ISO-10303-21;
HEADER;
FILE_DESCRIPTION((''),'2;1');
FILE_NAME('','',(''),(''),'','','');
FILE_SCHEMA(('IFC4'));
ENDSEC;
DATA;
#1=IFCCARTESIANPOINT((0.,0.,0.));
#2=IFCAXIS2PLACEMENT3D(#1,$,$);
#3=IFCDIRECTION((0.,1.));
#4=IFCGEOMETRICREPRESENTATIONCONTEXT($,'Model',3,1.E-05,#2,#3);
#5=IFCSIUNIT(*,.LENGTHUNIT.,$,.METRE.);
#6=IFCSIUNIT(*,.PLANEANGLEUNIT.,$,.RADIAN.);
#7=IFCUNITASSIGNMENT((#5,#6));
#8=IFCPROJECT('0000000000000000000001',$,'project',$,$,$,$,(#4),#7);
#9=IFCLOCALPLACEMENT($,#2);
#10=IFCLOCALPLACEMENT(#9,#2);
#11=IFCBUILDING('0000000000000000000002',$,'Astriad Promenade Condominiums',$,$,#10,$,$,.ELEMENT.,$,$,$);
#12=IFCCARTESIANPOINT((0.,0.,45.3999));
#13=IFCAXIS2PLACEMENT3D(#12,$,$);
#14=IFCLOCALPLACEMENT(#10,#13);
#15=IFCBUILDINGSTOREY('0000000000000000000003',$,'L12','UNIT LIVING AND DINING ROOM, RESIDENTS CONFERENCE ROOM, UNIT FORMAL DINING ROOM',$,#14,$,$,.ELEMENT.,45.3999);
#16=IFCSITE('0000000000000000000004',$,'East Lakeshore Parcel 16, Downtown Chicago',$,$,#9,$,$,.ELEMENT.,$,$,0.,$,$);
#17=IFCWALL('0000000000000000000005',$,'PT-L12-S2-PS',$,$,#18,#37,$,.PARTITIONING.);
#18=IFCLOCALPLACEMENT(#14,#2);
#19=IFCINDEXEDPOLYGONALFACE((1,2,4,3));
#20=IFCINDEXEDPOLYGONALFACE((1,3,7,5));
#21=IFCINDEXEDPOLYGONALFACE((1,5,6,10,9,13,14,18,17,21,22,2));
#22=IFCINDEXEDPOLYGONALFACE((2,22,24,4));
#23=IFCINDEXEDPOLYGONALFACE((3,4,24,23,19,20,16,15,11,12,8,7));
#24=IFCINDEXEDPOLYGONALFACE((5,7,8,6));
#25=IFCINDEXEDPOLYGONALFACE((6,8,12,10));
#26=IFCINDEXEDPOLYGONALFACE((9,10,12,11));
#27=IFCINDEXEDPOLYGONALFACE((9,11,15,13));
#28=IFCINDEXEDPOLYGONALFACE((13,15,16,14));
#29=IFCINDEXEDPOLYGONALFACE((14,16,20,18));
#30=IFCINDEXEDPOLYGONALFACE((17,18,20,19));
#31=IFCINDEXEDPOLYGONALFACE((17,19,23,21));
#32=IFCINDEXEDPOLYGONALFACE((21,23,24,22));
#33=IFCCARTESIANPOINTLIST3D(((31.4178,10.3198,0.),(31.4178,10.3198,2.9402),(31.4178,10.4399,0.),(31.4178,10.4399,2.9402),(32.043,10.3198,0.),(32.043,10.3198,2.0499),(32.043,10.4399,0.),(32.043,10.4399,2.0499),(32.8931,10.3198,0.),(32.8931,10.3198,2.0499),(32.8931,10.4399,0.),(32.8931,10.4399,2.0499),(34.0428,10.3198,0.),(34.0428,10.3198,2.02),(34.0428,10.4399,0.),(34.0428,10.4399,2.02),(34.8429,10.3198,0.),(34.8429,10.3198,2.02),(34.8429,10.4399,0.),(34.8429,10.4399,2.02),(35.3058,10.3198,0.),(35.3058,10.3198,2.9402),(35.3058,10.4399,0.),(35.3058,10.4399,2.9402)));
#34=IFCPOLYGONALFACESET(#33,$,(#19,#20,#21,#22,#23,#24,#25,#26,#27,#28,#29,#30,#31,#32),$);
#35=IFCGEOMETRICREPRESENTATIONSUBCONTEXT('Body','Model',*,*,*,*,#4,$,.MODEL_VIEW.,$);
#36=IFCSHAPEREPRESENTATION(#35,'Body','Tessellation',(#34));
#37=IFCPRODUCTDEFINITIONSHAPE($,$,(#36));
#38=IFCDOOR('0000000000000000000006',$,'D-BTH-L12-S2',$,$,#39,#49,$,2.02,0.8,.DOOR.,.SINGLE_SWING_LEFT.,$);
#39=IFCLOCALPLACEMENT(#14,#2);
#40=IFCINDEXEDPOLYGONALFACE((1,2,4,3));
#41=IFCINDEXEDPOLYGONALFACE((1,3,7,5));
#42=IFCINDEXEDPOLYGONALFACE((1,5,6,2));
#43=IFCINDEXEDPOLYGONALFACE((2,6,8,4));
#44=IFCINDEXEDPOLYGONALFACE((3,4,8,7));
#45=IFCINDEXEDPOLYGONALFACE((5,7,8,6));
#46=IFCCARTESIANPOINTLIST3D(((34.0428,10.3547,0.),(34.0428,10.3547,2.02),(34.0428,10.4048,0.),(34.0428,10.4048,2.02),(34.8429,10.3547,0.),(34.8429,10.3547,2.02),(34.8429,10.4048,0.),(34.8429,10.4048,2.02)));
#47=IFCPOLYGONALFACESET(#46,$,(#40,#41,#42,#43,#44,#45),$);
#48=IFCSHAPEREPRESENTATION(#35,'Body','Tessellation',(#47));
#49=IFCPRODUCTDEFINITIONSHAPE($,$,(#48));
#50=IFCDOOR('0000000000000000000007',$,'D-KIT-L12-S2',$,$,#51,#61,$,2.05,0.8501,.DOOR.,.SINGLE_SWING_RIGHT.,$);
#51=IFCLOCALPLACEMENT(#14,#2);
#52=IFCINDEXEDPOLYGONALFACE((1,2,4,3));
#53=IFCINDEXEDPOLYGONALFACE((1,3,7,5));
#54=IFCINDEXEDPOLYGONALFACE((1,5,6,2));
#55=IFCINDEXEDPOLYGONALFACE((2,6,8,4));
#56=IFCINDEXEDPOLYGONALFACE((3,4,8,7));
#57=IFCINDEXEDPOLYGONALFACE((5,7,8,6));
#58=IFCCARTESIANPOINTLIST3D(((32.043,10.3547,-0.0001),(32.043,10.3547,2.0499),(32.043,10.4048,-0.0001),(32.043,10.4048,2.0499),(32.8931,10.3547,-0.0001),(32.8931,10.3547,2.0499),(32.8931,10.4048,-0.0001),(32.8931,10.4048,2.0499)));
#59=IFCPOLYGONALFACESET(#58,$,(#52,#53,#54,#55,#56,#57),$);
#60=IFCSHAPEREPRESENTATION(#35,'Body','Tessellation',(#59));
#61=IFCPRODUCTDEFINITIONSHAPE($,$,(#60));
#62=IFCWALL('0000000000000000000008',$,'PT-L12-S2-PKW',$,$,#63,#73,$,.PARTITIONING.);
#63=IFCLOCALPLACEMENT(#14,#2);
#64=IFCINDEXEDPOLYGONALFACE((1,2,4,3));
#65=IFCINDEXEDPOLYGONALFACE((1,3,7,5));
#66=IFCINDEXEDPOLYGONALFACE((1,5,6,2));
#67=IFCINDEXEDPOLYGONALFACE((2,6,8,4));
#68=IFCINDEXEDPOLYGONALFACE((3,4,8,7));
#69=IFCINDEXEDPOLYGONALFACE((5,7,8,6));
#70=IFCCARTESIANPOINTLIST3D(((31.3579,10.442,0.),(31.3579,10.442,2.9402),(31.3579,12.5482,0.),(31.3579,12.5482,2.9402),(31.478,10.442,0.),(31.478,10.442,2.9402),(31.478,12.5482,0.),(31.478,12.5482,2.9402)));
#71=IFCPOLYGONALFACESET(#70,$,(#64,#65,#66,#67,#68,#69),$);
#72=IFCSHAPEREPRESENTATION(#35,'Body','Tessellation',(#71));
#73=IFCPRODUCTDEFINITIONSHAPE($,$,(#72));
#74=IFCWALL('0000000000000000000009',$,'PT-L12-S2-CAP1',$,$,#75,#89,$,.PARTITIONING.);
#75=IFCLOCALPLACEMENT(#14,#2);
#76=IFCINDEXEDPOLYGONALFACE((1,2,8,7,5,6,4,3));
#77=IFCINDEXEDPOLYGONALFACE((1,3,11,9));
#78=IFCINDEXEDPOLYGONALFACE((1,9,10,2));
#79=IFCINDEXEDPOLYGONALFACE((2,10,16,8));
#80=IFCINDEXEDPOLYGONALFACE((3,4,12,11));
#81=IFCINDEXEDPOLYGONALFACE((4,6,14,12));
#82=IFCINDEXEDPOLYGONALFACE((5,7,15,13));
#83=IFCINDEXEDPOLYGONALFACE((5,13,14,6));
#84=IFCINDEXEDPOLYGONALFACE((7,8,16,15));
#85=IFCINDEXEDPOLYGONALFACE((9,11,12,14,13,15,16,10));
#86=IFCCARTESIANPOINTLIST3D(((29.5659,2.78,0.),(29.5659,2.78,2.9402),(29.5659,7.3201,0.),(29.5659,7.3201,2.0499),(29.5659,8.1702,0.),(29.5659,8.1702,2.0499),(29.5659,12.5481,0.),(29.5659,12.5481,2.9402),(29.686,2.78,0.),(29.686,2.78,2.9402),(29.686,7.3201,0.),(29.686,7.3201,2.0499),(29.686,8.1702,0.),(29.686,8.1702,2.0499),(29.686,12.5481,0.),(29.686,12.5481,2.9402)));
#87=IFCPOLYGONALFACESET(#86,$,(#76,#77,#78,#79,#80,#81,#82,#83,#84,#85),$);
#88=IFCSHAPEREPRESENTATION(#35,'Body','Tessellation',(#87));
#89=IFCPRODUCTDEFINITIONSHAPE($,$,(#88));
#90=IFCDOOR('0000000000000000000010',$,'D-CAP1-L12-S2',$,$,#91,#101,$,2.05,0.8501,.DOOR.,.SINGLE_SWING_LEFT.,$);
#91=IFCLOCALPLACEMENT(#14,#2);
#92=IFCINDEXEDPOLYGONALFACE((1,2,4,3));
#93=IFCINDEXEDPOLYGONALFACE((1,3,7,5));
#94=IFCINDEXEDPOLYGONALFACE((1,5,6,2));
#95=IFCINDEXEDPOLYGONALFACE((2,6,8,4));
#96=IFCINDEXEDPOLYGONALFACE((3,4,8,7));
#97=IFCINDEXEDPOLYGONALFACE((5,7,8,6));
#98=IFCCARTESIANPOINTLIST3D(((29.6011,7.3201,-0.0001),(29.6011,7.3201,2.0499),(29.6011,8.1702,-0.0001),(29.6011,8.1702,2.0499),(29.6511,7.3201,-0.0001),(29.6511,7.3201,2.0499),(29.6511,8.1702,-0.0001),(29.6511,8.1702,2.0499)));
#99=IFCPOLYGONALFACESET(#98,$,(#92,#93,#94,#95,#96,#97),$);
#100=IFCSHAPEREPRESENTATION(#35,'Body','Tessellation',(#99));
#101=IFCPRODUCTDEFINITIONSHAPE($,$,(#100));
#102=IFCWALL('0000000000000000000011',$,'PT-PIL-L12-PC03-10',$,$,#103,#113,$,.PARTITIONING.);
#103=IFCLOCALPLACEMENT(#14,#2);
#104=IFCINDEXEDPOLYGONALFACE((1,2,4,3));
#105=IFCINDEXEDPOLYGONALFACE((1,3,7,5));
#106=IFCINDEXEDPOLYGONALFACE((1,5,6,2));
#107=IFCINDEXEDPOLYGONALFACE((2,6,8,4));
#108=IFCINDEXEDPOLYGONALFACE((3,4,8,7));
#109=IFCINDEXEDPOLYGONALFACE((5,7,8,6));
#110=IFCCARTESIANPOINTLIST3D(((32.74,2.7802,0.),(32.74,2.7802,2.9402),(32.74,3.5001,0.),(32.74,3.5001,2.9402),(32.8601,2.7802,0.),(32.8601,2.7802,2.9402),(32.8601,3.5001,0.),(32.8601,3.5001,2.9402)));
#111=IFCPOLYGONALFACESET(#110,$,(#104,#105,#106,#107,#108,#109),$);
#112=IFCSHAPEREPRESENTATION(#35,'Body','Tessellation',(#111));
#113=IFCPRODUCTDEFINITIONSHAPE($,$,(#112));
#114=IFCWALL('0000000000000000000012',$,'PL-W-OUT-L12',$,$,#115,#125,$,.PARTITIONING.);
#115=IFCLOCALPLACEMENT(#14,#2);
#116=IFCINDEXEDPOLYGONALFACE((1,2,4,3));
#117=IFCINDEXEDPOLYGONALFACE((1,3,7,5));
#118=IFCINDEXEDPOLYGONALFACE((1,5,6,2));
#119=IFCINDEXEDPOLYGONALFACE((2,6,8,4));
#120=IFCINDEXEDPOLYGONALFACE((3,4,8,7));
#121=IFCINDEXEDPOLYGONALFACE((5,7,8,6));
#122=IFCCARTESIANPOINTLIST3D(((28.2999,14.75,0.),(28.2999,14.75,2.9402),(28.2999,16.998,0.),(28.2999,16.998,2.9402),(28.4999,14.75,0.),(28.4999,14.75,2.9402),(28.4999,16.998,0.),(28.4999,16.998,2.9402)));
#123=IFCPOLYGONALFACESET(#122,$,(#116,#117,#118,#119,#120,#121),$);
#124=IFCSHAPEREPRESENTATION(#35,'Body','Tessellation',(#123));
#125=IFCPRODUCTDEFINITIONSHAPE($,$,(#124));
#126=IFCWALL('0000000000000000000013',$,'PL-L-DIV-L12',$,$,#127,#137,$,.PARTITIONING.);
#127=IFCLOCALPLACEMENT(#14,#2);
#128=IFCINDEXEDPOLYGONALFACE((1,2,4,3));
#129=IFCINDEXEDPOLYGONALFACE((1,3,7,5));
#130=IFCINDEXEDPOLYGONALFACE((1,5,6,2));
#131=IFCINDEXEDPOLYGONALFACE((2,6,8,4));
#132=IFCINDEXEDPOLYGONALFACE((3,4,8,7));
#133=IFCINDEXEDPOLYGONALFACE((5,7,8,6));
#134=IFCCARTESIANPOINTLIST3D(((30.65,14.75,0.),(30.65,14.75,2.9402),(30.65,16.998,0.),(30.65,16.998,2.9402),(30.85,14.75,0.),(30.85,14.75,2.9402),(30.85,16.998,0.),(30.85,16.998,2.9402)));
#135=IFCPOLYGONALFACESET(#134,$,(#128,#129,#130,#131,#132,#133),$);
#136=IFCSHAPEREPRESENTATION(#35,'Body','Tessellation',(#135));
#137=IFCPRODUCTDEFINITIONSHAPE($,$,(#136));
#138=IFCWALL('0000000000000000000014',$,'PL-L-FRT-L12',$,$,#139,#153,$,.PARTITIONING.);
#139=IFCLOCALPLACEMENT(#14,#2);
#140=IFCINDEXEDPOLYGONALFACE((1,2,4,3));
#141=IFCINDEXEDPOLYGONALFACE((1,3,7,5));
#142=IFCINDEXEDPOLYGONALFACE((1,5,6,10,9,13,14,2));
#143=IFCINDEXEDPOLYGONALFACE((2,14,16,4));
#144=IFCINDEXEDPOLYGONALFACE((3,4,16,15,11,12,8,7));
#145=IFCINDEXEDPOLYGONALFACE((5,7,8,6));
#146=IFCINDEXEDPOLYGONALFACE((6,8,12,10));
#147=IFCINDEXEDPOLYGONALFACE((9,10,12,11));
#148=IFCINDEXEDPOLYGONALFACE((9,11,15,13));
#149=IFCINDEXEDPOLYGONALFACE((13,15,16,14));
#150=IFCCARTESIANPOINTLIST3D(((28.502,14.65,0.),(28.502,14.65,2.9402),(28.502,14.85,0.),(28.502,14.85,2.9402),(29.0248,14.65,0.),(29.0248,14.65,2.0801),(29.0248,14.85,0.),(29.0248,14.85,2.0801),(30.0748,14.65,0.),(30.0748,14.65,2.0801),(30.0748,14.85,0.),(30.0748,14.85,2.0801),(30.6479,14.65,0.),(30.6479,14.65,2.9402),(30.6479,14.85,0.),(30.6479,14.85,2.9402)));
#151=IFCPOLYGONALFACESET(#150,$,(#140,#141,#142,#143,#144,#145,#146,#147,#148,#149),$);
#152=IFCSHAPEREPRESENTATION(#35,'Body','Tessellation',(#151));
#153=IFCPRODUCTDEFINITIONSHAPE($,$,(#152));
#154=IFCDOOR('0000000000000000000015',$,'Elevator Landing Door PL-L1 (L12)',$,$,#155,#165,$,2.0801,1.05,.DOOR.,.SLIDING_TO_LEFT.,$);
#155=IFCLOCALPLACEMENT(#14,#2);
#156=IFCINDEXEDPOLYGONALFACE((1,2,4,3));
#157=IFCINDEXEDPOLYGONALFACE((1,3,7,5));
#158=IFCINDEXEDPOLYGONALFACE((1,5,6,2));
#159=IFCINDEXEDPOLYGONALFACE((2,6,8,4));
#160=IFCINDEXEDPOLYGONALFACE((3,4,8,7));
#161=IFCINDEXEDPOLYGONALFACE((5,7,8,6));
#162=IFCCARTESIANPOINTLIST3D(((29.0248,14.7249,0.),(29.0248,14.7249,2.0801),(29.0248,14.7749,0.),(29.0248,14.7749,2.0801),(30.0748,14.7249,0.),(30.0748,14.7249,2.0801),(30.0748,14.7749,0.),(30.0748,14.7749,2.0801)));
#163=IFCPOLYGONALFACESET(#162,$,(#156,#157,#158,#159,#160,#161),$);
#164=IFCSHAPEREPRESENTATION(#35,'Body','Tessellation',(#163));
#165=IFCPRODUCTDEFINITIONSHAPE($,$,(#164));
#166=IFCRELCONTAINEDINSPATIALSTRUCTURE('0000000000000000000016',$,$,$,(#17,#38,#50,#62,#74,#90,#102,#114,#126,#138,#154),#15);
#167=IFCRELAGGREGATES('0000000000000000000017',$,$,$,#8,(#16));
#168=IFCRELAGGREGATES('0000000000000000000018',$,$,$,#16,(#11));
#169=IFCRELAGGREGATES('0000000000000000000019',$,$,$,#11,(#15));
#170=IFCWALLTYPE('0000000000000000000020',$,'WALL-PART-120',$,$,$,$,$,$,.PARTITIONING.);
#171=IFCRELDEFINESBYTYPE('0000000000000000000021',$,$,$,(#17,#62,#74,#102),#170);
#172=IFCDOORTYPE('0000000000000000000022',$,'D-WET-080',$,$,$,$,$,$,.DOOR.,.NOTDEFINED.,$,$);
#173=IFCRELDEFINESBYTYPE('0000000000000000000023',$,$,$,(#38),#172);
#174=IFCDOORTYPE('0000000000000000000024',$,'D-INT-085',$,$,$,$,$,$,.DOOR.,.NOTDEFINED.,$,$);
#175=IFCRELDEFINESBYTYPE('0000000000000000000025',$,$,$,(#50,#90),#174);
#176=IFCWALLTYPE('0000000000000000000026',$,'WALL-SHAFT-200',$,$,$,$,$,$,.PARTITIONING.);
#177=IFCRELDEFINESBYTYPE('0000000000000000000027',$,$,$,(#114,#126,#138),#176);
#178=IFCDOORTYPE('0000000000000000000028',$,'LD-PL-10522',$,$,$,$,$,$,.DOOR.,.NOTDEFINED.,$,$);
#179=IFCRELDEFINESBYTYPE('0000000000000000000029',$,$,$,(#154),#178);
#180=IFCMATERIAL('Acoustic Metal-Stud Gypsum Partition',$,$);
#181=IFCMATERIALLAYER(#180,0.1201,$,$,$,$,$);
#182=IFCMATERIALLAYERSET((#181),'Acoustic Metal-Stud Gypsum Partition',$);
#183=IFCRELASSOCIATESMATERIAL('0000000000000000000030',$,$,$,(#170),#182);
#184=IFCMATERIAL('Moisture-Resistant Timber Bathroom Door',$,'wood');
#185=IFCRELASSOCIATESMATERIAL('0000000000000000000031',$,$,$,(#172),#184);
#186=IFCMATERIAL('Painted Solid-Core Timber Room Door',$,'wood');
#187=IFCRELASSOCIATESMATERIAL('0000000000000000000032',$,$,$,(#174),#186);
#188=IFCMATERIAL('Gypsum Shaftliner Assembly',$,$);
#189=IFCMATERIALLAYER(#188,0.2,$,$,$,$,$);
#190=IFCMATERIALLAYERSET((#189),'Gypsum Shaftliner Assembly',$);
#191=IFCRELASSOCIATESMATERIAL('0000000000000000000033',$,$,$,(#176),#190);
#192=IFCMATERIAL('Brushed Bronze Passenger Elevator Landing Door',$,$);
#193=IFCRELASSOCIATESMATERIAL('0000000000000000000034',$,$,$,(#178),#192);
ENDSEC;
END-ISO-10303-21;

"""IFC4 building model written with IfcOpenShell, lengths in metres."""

from ifc_helpers import new_model, si_unit, direction, frame, frame_2d, origin, place, context, subcontext, project, spatial, rectangle, extrude, source, transform, mapped, material, layer, layer_set, type_object, type_shapes, element, fill, save


model = new_model("IFC4")

# Units and contexts
model_context = context("Model", 3, precision=1e-05, world=origin(), true_north=direction((0.0, 1.0)))
body_context = subcontext(model_context, "Body", "Model", "MODEL_VIEW")
ifc_project = project(units=[si_unit("LENGTHUNIT", "METRE"), si_unit("PLANEANGLEUNIT", "RADIAN")], contexts=[model_context])

# Site, building, storey
site_placement = place(None, origin())
site = spatial("IfcSite", under=ifc_project, at=site_placement, Name="East Lakeshore Parcel 16, Downtown Chicago", CompositionType="ELEMENT", RefElevation=0.0)
building_placement = place(site_placement, origin())
building = spatial("IfcBuilding", under=site, at=building_placement, Name="Astriad Promenade Condominiums", CompositionType="ELEMENT")
storey_placement = place(building_placement, frame((0.0, 0.0, 45.3999)))
storey = spatial("IfcBuildingStorey", under=building, at=storey_placement, Name="L12", Description="UNIT LIVING AND DINING ROOM, RESIDENTS CONFERENCE ROOM, UNIT FORMAL DINING ROOM", CompositionType="ELEMENT", Elevation=45.3999)

# Wall, openings, doors
ifc_material_1 = material(Name="Acoustic Metal-Stud Gypsum Partition")
ifc_layer_1 = layer(ifc_material_1, 0.1201)
ifc_layer_set_1 = layer_set([ifc_layer_1], Name="Acoustic Metal-Stud Gypsum Partition")
wall_type_1 = type_object("IfcWallType", Name="WALL-PART-120", PredefinedType="PARTITIONING", material=ifc_layer_set_1)
wall_1_placement = place(storey_placement, frame((31.418, 10.3799, 0.0), z_axis=(0.0, 0.0, 1.0), x_axis=(1.0, 0.0, 0.0)))
wall_1 = element("IfcWall", 1, at=wall_1_placement, inside=storey, type_object=wall_type_1, Name="PT-L12-S2-PS", PredefinedType="PARTITIONING", context=body_context, shape_type="SweptSolid", body=[
    extrude(rectangle(XDim=3.8879, YDim=0.1201, at=frame_2d((1.9438, 0.0))), origin(), (0.0, 0.0, 1.0), 2.9402),
])
opening_1_placement = place(wall_1_placement, frame((0.625, 0.0, 0.0)))
opening_1 = element("IfcOpeningElement", 2, at=opening_1_placement, cuts=wall_1, PredefinedType="OPENING", context=body_context, shape_type="SweptSolid", body=[
    extrude(rectangle(XDim=0.8501, YDim=2.05, at=frame_2d((0.425, 1.0249))), frame((0.0, 0.0701, 0.0), z_axis=(0.0, -1.0, 0.0), x_axis=(1.0, 0.0, 0.0)), (0.0, 0.0, 1.0), 0.1401),
])
opening_2_placement = place(wall_1_placement, frame((2.625, 0.0, 0.0)))
opening_2 = element("IfcOpeningElement", 3, at=opening_2_placement, cuts=wall_1, PredefinedType="OPENING", context=body_context, shape_type="SweptSolid", body=[
    extrude(rectangle(XDim=0.8, YDim=2.02, at=frame_2d((0.3999, 1.01))), frame((0.0, 0.0701, 0.0), z_axis=(0.0, -1.0, 0.0), x_axis=(1.0, 0.0, 0.0)), (0.0, 0.0, 1.0), 0.1401),
])
ifc_material_2 = material(Name="Moisture-Resistant Timber Bathroom Door", Category="wood")
door_type_1 = type_object("IfcDoorType", Name="D-WET-080", OperationType="NOTDEFINED", PredefinedType="DOOR", material=ifc_material_2)
shared_shape_1 = source(origin(), body_context, "Body", "SweptSolid", [
    extrude(rectangle(XDim=0.8, YDim=2.02, at=frame_2d((0.3999, 1.01))), frame((0.0, 0.0249, 0.0), z_axis=(0.0, -1.0, 0.0), x_axis=(1.0, 0.0, 0.0)), (0.0, 0.0, 1.0), 0.05),
])
type_shapes(door_type_1, [shared_shape_1])
door_1_placement = place(opening_2_placement, origin())
door_1 = element("IfcDoor", 4, at=door_1_placement, inside=storey, type_object=door_type_1, Name="D-BTH-L12-S2", OperationType="SINGLE_SWING_LEFT", OverallHeight=2.02, OverallWidth=0.8, PredefinedType="DOOR", context=body_context, shape_type="MappedRepresentation", body=[
    mapped(shared_shape_1, transform((0.0, 0.0, 0.0), scale=1.0)),
])
fill(opening_2, door_1)
ifc_material_3 = material(Name="Painted Solid-Core Timber Room Door", Category="wood")
door_type_2 = type_object("IfcDoorType", Name="D-INT-085", OperationType="NOTDEFINED", PredefinedType="DOOR", material=ifc_material_3)
shared_shape_2 = source(origin(), body_context, "Body", "SweptSolid", [
    extrude(rectangle(XDim=0.8501, YDim=2.05, at=frame_2d((0.425, 1.0249))), frame((0.0, 0.0249, 0.0), z_axis=(0.0, -1.0, 0.0), x_axis=(1.0, 0.0, 0.0)), (0.0, 0.0, 1.0), 0.05),
])
type_shapes(door_type_2, [shared_shape_2])
door_2_placement = place(opening_1_placement, origin())
door_2 = element("IfcDoor", 5, at=door_2_placement, inside=storey, type_object=door_type_2, Name="D-KIT-L12-S2", OperationType="SINGLE_SWING_RIGHT", OverallHeight=2.05, OverallWidth=0.8501, PredefinedType="DOOR", context=body_context, shape_type="MappedRepresentation", body=[
    mapped(shared_shape_2, transform((0.0, 0.0, 0.0), scale=1.0)),
])
fill(opening_1, door_2)

# Wall
wall_2_placement = place(storey_placement, frame((31.418, 10.4419, 0.0), z_axis=(0.0, 0.0, 1.0), x_axis=(0.0, 1.0, 0.0)))
element("IfcWall", 6, at=wall_2_placement, inside=storey, type_object=wall_type_1, Name="PT-L12-S2-PKW", PredefinedType="PARTITIONING", context=body_context, shape_type="SweptSolid", body=[
    extrude(rectangle(XDim=2.1062, YDim=0.1201, at=frame_2d((1.0532, 0.0))), origin(), (0.0, 0.0, 1.0), 2.9402),
])

# Wall, opening, door
wall_3_placement = place(storey_placement, frame((29.626, 2.78, 0.0), z_axis=(0.0, 0.0, 1.0), x_axis=(0.0, 1.0, 0.0)))
wall_3 = element("IfcWall", 7, at=wall_3_placement, inside=storey, type_object=wall_type_1, Name="PT-L12-S2-CAP1", PredefinedType="PARTITIONING", context=body_context, shape_type="SweptSolid", body=[
    extrude(rectangle(XDim=9.7681, YDim=0.1201, at=frame_2d((4.884, 0.0))), origin(), (0.0, 0.0, 1.0), 2.9402),
])
opening_3_placement = place(wall_3_placement, frame((4.54, 0.0, 0.0)))
opening_3 = element("IfcOpeningElement", 8, at=opening_3_placement, cuts=wall_3, PredefinedType="OPENING", context=body_context, shape_type="SweptSolid", body=[
    extrude(rectangle(XDim=0.8501, YDim=2.05, at=frame_2d((0.425, 1.0249))), frame((0.0, 0.0701, 0.0), z_axis=(0.0, -1.0, 0.0), x_axis=(1.0, 0.0, 0.0)), (0.0, 0.0, 1.0), 0.1401),
])
door_3_placement = place(opening_3_placement, origin())
door_3 = element("IfcDoor", 9, at=door_3_placement, inside=storey, type_object=door_type_2, Name="D-CAP1-L12-S2", OperationType="SINGLE_SWING_LEFT", OverallHeight=2.05, OverallWidth=0.8501, PredefinedType="DOOR", context=body_context, shape_type="MappedRepresentation", body=[
    mapped(shared_shape_2, transform((0.0, 0.0, 0.0), scale=1.0)),
])
fill(opening_3, door_3)

# Walls
wall_4_placement = place(storey_placement, frame((32.8, 3.5, 0.0), z_axis=(0.0, 0.0, 1.0), x_axis=(0.0, -1.0, 0.0)))
element("IfcWall", 10, at=wall_4_placement, inside=storey, type_object=wall_type_1, Name="PT-PIL-L12-PC03-10", PredefinedType="PARTITIONING", context=body_context, shape_type="SweptSolid", body=[
    extrude(rectangle(XDim=0.72, YDim=0.1201, at=frame_2d((0.3599, 0.0))), origin(), (0.0, 0.0, 1.0), 2.9402),
])
ifc_material_4 = material(Name="Gypsum Shaftliner Assembly")
ifc_layer_2 = layer(ifc_material_4, 0.2)
ifc_layer_set_2 = layer_set([ifc_layer_2], Name="Gypsum Shaftliner Assembly")
wall_type_2 = type_object("IfcWallType", Name="WALL-SHAFT-200", PredefinedType="PARTITIONING", material=ifc_layer_set_2)
for number, where, z_axis, x_axis, name in (
    (11, (28.3999, 14.75, 0.0), (0.0, 0.0, 1.0), (0.0, 1.0, 0.0), "PL-W-OUT-L12"),
    (12, (30.75, 14.75, 0.0), (0.0, 0.0, 1.0), (0.0, 1.0, 0.0), "PL-L-DIV-L12"),
):
    element("IfcWall", number, at=place(storey_placement, frame(where, z_axis=z_axis, x_axis=x_axis)), inside=storey, type_object=wall_type_2, Name=name, PredefinedType="PARTITIONING", context=body_context, shape_type="SweptSolid", body=[
        extrude(rectangle(XDim=2.248, YDim=0.2, at=frame_2d((1.124, 0.0))), origin(), (0.0, 0.0, 1.0), 2.9402),
    ])

# Wall, opening, door
wall_5_placement = place(storey_placement, frame((28.502, 14.75, 0.0), z_axis=(0.0, 0.0, 1.0), x_axis=(1.0, 0.0, 0.0)))
wall_5 = element("IfcWall", 13, at=wall_5_placement, inside=storey, type_object=wall_type_2, Name="PL-L-FRT-L12", PredefinedType="PARTITIONING", context=body_context, shape_type="SweptSolid", body=[
    extrude(rectangle(XDim=2.146, YDim=0.2, at=frame_2d((1.073, 0.0))), origin(), (0.0, 0.0, 1.0), 2.9402),
])
opening_4_placement = place(wall_5_placement, frame((0.5229, 0.0, 0.0)))
opening_4 = element("IfcOpeningElement", 14, at=opening_4_placement, cuts=wall_5, PredefinedType="OPENING", context=body_context, shape_type="SweptSolid", body=[
    extrude(rectangle(XDim=1.05, YDim=2.0801, at=frame_2d((0.5249, 1.04))), frame((0.0, 0.1099, 0.0), z_axis=(0.0, -1.0, 0.0), x_axis=(1.0, 0.0, 0.0)), (0.0, 0.0, 1.0), 0.22),
])
ifc_material_5 = material(Name="Brushed Bronze Passenger Elevator Landing Door")
door_type_3 = type_object("IfcDoorType", Name="LD-PL-10522", OperationType="NOTDEFINED", PredefinedType="DOOR", material=ifc_material_5)
shared_shape_3 = source(origin(), body_context, "Body", "SweptSolid", [
    extrude(rectangle(XDim=1.05, YDim=2.0801, at=frame_2d((0.5249, 1.04))), frame((0.0, 0.0249, 0.0), z_axis=(0.0, -1.0, 0.0), x_axis=(1.0, 0.0, 0.0)), (0.0, 0.0, 1.0), 0.05),
])
type_shapes(door_type_3, [shared_shape_3])
door_4_placement = place(opening_4_placement, origin())
door_4 = element("IfcDoor", 15, at=door_4_placement, inside=storey, type_object=door_type_3, Name="Elevator Landing Door PL-L1 (L12)", OperationType="SLIDING_TO_LEFT", OverallHeight=2.0801, OverallWidth=1.05, PredefinedType="DOOR", context=body_context, shape_type="MappedRepresentation", body=[
    mapped(shared_shape_3, transform((0.0, 0.0, 0.0), scale=1.0)),
])
fill(opening_4, door_4)

save(model, "model.ifc")
